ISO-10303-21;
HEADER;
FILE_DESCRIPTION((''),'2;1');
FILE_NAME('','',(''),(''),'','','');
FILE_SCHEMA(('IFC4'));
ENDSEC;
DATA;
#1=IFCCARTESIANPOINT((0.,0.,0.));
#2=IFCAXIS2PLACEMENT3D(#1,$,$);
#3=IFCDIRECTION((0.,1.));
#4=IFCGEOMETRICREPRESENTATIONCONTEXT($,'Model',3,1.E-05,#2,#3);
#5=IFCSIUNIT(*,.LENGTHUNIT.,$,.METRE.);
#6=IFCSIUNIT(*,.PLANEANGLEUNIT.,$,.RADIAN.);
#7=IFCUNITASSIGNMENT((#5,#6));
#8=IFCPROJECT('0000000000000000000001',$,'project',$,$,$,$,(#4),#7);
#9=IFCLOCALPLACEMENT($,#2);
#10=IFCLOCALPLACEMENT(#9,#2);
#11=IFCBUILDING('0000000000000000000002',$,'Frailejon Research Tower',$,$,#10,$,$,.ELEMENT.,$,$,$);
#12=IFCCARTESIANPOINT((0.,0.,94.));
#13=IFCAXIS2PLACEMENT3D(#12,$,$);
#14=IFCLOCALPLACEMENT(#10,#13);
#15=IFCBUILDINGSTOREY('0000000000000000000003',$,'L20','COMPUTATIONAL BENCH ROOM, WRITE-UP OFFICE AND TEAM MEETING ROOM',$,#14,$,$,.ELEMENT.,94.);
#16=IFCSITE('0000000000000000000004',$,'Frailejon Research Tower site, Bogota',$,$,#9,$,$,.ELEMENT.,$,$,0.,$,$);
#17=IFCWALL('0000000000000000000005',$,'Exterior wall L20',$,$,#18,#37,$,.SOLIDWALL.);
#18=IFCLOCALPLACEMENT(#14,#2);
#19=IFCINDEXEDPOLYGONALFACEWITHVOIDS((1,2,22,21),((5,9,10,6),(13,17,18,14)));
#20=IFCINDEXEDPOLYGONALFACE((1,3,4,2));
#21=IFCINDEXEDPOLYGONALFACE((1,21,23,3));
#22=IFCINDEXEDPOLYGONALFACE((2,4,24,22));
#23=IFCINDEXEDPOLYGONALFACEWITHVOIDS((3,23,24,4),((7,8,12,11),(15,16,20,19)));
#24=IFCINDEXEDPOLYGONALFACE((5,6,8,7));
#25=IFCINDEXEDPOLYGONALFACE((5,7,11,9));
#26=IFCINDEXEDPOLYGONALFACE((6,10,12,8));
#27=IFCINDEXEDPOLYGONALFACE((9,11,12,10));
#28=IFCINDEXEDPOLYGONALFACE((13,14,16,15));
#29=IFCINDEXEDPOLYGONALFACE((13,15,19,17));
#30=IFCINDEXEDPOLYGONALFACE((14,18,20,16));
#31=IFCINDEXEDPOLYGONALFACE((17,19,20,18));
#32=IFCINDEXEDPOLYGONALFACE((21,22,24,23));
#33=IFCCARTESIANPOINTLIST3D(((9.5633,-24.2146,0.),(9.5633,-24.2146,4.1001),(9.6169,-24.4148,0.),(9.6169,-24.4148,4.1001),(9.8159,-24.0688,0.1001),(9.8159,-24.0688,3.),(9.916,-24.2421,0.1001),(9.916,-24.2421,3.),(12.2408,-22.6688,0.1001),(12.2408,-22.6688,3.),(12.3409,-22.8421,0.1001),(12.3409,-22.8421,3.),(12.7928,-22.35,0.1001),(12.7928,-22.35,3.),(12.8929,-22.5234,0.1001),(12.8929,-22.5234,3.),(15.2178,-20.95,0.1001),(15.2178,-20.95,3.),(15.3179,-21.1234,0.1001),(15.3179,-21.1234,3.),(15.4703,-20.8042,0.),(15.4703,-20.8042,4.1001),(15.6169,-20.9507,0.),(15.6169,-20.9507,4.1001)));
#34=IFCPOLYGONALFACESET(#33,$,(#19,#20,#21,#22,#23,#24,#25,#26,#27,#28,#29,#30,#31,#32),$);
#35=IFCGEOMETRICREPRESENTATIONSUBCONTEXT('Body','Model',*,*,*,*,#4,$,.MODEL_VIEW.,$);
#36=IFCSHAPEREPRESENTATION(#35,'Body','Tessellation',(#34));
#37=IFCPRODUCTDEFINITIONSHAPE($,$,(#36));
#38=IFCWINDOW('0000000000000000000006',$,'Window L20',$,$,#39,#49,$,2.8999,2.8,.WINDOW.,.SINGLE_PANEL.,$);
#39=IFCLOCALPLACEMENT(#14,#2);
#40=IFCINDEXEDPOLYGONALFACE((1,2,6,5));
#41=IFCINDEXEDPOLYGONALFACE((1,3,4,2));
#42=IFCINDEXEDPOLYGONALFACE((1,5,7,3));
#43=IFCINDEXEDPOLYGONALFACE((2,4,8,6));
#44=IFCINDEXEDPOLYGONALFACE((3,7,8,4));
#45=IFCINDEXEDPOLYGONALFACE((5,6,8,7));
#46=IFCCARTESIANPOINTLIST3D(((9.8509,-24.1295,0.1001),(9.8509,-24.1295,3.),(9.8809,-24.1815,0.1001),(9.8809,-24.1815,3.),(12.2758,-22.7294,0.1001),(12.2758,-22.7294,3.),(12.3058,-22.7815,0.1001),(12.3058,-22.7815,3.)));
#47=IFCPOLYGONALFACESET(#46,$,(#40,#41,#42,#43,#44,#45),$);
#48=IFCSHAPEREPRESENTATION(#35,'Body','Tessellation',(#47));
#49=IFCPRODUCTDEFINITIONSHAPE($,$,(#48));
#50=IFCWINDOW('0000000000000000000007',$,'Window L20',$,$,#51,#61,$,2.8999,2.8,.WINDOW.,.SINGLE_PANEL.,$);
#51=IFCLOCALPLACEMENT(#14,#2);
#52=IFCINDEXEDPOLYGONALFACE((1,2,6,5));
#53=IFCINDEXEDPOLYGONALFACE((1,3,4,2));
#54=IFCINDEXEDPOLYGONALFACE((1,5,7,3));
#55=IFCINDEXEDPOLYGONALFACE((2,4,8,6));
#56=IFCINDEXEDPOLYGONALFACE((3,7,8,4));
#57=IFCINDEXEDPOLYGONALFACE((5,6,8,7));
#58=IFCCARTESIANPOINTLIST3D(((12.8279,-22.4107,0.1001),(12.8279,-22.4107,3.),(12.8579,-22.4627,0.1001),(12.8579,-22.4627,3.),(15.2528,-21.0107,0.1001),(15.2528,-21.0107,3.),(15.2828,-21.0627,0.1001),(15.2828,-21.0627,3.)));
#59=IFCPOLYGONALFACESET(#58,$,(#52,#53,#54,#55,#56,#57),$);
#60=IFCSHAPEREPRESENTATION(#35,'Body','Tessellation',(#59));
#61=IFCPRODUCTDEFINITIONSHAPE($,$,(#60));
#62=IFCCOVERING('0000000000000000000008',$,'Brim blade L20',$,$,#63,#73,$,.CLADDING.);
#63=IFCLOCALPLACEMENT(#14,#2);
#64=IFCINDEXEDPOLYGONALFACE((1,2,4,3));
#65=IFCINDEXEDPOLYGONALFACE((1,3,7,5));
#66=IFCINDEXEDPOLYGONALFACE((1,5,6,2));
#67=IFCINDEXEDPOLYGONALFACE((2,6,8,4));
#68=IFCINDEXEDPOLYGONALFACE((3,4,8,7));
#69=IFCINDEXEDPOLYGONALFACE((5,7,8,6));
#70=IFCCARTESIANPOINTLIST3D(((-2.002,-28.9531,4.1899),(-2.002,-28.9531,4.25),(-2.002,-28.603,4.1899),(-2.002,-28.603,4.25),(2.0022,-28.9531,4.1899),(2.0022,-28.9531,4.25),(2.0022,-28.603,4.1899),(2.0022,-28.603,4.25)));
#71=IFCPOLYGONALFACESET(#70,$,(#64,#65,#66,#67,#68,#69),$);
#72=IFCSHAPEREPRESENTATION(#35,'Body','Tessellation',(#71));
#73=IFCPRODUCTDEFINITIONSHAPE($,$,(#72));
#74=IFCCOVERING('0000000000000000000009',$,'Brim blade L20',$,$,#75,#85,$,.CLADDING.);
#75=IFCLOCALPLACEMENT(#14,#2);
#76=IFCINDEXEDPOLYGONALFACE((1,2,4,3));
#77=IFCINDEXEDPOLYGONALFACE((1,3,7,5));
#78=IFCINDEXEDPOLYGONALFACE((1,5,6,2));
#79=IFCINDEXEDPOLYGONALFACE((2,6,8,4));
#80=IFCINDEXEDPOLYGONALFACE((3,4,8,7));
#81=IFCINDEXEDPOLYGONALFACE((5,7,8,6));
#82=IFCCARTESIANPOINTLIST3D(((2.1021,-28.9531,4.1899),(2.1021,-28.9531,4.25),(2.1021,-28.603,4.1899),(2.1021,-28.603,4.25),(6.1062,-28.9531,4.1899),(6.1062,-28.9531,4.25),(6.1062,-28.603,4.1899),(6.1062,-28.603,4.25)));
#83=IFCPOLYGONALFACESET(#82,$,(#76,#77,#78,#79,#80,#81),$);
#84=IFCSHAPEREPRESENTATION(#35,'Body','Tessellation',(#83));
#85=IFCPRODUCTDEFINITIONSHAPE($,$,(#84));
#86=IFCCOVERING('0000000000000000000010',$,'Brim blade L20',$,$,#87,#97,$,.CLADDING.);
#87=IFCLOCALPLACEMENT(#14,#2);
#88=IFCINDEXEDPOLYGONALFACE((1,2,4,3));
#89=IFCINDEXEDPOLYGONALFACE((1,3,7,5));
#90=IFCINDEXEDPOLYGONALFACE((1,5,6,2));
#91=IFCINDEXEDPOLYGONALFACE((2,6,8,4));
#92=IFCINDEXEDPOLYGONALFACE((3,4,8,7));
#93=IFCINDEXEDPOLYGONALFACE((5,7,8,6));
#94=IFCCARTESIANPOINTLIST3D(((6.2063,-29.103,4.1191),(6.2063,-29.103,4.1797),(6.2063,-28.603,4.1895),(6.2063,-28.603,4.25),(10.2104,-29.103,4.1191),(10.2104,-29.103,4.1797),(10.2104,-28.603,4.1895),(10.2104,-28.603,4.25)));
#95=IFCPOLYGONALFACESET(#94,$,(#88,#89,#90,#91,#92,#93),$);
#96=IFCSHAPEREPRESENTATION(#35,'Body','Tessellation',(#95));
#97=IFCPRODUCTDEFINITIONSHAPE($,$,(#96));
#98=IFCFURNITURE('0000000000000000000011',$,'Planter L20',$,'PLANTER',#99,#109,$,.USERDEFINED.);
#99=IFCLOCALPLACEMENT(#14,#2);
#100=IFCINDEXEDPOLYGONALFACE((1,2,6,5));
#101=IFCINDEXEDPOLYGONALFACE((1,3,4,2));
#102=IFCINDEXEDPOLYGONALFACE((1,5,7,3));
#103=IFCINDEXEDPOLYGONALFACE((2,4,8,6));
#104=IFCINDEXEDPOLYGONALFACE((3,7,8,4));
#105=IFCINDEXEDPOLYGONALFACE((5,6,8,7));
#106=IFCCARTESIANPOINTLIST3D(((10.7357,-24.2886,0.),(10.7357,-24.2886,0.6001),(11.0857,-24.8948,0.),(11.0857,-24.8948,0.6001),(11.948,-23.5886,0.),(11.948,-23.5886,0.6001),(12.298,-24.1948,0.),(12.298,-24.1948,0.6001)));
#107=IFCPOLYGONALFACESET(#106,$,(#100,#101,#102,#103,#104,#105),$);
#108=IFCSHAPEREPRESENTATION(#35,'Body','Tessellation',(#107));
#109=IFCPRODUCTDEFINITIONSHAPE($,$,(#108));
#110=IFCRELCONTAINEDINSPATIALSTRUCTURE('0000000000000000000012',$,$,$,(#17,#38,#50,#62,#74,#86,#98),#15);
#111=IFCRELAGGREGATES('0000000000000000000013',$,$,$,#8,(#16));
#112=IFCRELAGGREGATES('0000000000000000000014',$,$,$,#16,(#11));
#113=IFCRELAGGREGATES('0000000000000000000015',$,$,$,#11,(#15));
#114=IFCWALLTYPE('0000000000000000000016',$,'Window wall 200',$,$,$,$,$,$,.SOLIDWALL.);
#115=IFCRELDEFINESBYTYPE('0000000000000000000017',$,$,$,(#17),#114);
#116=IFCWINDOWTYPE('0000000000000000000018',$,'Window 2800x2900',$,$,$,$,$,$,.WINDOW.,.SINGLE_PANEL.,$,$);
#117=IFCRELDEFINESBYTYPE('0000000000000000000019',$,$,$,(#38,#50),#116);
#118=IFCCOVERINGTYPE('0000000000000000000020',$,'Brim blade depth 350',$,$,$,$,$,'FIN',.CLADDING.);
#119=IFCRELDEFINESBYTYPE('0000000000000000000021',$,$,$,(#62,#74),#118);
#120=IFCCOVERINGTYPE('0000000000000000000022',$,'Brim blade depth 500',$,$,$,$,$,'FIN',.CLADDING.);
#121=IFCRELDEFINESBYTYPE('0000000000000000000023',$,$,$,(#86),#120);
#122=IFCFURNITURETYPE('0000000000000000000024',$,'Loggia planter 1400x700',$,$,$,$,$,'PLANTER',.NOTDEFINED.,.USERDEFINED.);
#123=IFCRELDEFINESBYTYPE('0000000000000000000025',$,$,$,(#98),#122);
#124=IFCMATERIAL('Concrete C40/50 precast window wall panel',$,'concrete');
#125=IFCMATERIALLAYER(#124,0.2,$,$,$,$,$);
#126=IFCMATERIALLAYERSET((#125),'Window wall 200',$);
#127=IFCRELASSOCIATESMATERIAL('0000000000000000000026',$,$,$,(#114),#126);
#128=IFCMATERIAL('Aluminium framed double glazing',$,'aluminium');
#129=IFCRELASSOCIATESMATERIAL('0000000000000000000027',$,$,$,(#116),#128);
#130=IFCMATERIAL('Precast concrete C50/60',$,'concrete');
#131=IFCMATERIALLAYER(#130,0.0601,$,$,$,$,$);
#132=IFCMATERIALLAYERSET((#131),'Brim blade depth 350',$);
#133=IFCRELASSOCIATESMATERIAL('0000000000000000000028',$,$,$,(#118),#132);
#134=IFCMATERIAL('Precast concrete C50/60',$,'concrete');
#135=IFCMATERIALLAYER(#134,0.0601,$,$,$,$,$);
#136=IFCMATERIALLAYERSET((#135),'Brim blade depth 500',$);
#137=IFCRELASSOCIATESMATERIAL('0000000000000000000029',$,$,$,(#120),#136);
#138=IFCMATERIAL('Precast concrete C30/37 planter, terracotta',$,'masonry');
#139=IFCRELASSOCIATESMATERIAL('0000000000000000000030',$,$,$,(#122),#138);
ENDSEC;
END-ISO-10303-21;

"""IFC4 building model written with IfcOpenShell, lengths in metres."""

from ifc_helpers import new_model, si_unit, direction, frame, frame_2d, origin, origin_2d, place, context, subcontext, project, spatial, polyline, rectangle, outline, extrude, material, layer, layer_set, type_object, element, fill, save


model = new_model("IFC4")

# Units and contexts
model_context = context("Model", 3, precision=1e-05, world=origin(), true_north=direction((0.0, 1.0)))
body_context = subcontext(model_context, "Body", "Model", "MODEL_VIEW")
ifc_project = project(units=[si_unit("LENGTHUNIT", "METRE"), si_unit("PLANEANGLEUNIT", "RADIAN")], contexts=[model_context])

# Site, building, storey
site_placement = place(None, origin())
site = spatial("IfcSite", under=ifc_project, at=site_placement, Name="Frailejon Research Tower site, Bogota", CompositionType="ELEMENT", RefElevation=0.0)
building_placement = place(site_placement, origin())
building = spatial("IfcBuilding", under=site, at=building_placement, Name="Frailejon Research Tower", CompositionType="ELEMENT")
storey_placement = place(building_placement, frame((0.0, 0.0, 94.0)))
storey = spatial("IfcBuildingStorey", under=building, at=storey_placement, Name="L20", Description="COMPUTATIONAL BENCH ROOM, WRITE-UP OFFICE AND TEAM MEETING ROOM", CompositionType="ELEMENT", Elevation=94.0)

# Wall, openings, windows
ifc_material_1 = material(Name="Concrete C40/50 precast window wall panel", Category="concrete")
ifc_layer_1 = layer(ifc_material_1, 0.2)
ifc_layer_set_1 = layer_set([ifc_layer_1], Name="Window wall 200")
wall_type_1 = type_object("IfcWallType", Name="Window wall 200", PredefinedType="SOLIDWALL", material=ifc_layer_set_1)
wall_1_placement = place(storey_placement, frame((9.5901, -24.3147, 0.0), z_axis=(0.0, 0.0, 1.0), x_axis=(0.866029, 0.499993, 0.0)))
wall_1 = element("IfcWall", 1, at=wall_1_placement, inside=storey, type_object=wall_type_1, Name="Exterior wall L20", PredefinedType="SOLIDWALL", context=body_context, shape_type="SweptSolid", body=[
    extrude(outline(polyline([(-0.0269, -0.1001), (1.1279, -0.1001), (2.2825, -0.1001), (3.4373, -0.1001), (4.592, -0.1001), (5.7466, -0.1001), (6.9014, -0.1001), (6.8477, 0.1001), (5.7109, 0.1001), (4.574, 0.1001), (3.4373, 0.1001), (2.3005, 0.1001), (1.1636, 0.1001), (0.0269, 0.1001), (-0.0269, -0.1001)])), origin(), (0.0, 0.0, 1.0), 4.1001),
])
opening_1_placement = place(wall_1_placement, frame((0.3186, 0.0, 0.1001)))
opening_1 = element("IfcOpeningElement", 2, at=opening_1_placement, cuts=wall_1, PredefinedType="OPENING", context=body_context, shape_type="SweptSolid", body=[
    extrude(rectangle(XDim=2.8, YDim=2.8999, at=frame_2d((1.3999, 1.45))), frame((0.0, 0.1099, 0.0), z_axis=(0.0, -1.0, 0.0), x_axis=(1.0, 0.0, 0.0)), (0.0, 0.0, 1.0), 0.22),
])
opening_2_placement = place(wall_1_placement, frame((3.7561, 0.0, 0.1001)))
opening_2 = element("IfcOpeningElement", 3, at=opening_2_placement, cuts=wall_1, PredefinedType="OPENING", context=body_context, shape_type="SweptSolid", body=[
    extrude(rectangle(XDim=2.8, YDim=2.8999, at=frame_2d((1.3999, 1.45))), frame((0.0, 0.1099, 0.0), z_axis=(0.0, -1.0, 0.0), x_axis=(1.0, 0.0, 0.0)), (0.0, 0.0, 1.0), 0.22),
])
ifc_material_2 = material(Name="Aluminium framed double glazing", Category="aluminium")
window_type = type_object("IfcWindowType", Name="Window 2800x2900", PartitioningType="SINGLE_PANEL", PredefinedType="WINDOW", material=ifc_material_2)
window_1_placement = place(opening_1_placement, origin())
window_1 = element("IfcWindow", 4, at=window_1_placement, inside=storey, type_object=window_type, Name="Window L20", OverallHeight=2.8999, OverallWidth=2.8, PartitioningType="SINGLE_PANEL", PredefinedType="WINDOW", context=body_context, shape_type="SweptSolid", body=[
    extrude(rectangle(XDim=2.8, YDim=2.8999, at=frame_2d((1.3999, 1.45))), frame((0.0, 0.03, 0.0), z_axis=(0.0, -1.0, 0.0), x_axis=(1.0, 0.0, 0.0)), (0.0, 0.0, 1.0), 0.0601),
])
fill(opening_1, window_1)
window_2_placement = place(opening_2_placement, origin())
window_2 = element("IfcWindow", 5, at=window_2_placement, inside=storey, type_object=window_type, Name="Window L20", OverallHeight=2.8999, OverallWidth=2.8, PartitioningType="SINGLE_PANEL", PredefinedType="WINDOW", context=body_context, shape_type="SweptSolid", body=[
    extrude(rectangle(XDim=2.8, YDim=2.8999, at=frame_2d((1.3999, 1.45))), frame((0.0, 0.03, 0.0), z_axis=(0.0, -1.0, 0.0), x_axis=(1.0, 0.0, 0.0)), (0.0, 0.0, 1.0), 0.0601),
])
fill(opening_2, window_2)

# Coverings
ifc_material_3 = material(Name="Precast concrete C50/60", Category="concrete")
ifc_layer_2 = layer(ifc_material_3, 0.0601)
ifc_layer_set_2 = layer_set([ifc_layer_2], Name="Brim blade depth 350")
covering_type_1 = type_object("IfcCoveringType", Name="Brim blade depth 350", ElementType="FIN", PredefinedType="CLADDING", material=ifc_layer_set_2)
for number, where, z_axis, x_axis, name in (
    (6, (2.0022, -28.603, 4.25), (-1.0, 0.0, 0.0), (0.0, -1.0, 0.0), "Brim blade L20"),
    (7, (6.1062, -28.603, 4.25), (-1.0, 0.0, 0.0), (0.0, -1.0, 0.0), "Brim blade L20"),
):
    element("IfcCovering", number, at=place(storey_placement, frame(where, z_axis=z_axis, x_axis=x_axis)), inside=storey, type_object=covering_type_1, Name=name, PredefinedType="CLADDING", context=body_context, shape_type="SweptSolid", body=[
        extrude(outline(polyline([(0.0, -0.0601), (0.3501, -0.0601), (0.3501, 0.0), (0.0, 0.0), (0.0, -0.0601)])), origin(), (0.0, 0.0, 1.0), 4.0042),
    ])
ifc_material_4 = material(Name="Precast concrete C50/60", Category="concrete")
ifc_layer_3 = layer(ifc_material_4, 0.0601)
ifc_layer_set_3 = layer_set([ifc_layer_3], Name="Brim blade depth 500")
covering_type_2 = type_object("IfcCoveringType", Name="Brim blade depth 500", ElementType="FIN", PredefinedType="CLADDING", material=ifc_layer_set_3)
covering_placement = place(storey_placement, frame((10.2104, -28.603, 4.25), z_axis=(-1.0, 0.0, 0.0), x_axis=(0.0, -1.0, 0.0)))
element("IfcCovering", 8, at=covering_placement, inside=storey, type_object=covering_type_2, Name="Brim blade L20", PredefinedType="CLADDING", context=body_context, shape_type="SweptSolid", body=[
    extrude(outline(polyline([(0.0, -0.0605), (0.5, -0.1309), (0.5, -0.0703), (0.0, 0.0), (0.0, -0.0605)])), origin(), (0.0, 0.0, 1.0), 4.0042),
])

# Furniture
ifc_material_5 = material(Name="Precast concrete C30/37 planter, terracotta", Category="masonry")
furniture_type = type_object("IfcFurnitureType", Name="Loggia planter 1400x700", ElementType="PLANTER", AssemblyPlace="NOTDEFINED", PredefinedType="USERDEFINED", material=ifc_material_5)
furniture_placement = place(storey_placement, frame((11.5168, -24.2417, 0.0), z_axis=(0.0, 0.0, 1.0), x_axis=(0.866025, 0.5, 0.0)))
element("IfcFurniture", 9, at=furniture_placement, inside=storey, type_object=furniture_type, Name="Planter L20", ObjectType="PLANTER", PredefinedType="USERDEFINED", context=body_context, shape_type="SweptSolid", body=[
    extrude(rectangle(XDim=1.3999, YDim=0.7, at=origin_2d()), origin(), (0.0, 0.0, 1.0), 0.6001),
])

save(model, "model.ifc")
